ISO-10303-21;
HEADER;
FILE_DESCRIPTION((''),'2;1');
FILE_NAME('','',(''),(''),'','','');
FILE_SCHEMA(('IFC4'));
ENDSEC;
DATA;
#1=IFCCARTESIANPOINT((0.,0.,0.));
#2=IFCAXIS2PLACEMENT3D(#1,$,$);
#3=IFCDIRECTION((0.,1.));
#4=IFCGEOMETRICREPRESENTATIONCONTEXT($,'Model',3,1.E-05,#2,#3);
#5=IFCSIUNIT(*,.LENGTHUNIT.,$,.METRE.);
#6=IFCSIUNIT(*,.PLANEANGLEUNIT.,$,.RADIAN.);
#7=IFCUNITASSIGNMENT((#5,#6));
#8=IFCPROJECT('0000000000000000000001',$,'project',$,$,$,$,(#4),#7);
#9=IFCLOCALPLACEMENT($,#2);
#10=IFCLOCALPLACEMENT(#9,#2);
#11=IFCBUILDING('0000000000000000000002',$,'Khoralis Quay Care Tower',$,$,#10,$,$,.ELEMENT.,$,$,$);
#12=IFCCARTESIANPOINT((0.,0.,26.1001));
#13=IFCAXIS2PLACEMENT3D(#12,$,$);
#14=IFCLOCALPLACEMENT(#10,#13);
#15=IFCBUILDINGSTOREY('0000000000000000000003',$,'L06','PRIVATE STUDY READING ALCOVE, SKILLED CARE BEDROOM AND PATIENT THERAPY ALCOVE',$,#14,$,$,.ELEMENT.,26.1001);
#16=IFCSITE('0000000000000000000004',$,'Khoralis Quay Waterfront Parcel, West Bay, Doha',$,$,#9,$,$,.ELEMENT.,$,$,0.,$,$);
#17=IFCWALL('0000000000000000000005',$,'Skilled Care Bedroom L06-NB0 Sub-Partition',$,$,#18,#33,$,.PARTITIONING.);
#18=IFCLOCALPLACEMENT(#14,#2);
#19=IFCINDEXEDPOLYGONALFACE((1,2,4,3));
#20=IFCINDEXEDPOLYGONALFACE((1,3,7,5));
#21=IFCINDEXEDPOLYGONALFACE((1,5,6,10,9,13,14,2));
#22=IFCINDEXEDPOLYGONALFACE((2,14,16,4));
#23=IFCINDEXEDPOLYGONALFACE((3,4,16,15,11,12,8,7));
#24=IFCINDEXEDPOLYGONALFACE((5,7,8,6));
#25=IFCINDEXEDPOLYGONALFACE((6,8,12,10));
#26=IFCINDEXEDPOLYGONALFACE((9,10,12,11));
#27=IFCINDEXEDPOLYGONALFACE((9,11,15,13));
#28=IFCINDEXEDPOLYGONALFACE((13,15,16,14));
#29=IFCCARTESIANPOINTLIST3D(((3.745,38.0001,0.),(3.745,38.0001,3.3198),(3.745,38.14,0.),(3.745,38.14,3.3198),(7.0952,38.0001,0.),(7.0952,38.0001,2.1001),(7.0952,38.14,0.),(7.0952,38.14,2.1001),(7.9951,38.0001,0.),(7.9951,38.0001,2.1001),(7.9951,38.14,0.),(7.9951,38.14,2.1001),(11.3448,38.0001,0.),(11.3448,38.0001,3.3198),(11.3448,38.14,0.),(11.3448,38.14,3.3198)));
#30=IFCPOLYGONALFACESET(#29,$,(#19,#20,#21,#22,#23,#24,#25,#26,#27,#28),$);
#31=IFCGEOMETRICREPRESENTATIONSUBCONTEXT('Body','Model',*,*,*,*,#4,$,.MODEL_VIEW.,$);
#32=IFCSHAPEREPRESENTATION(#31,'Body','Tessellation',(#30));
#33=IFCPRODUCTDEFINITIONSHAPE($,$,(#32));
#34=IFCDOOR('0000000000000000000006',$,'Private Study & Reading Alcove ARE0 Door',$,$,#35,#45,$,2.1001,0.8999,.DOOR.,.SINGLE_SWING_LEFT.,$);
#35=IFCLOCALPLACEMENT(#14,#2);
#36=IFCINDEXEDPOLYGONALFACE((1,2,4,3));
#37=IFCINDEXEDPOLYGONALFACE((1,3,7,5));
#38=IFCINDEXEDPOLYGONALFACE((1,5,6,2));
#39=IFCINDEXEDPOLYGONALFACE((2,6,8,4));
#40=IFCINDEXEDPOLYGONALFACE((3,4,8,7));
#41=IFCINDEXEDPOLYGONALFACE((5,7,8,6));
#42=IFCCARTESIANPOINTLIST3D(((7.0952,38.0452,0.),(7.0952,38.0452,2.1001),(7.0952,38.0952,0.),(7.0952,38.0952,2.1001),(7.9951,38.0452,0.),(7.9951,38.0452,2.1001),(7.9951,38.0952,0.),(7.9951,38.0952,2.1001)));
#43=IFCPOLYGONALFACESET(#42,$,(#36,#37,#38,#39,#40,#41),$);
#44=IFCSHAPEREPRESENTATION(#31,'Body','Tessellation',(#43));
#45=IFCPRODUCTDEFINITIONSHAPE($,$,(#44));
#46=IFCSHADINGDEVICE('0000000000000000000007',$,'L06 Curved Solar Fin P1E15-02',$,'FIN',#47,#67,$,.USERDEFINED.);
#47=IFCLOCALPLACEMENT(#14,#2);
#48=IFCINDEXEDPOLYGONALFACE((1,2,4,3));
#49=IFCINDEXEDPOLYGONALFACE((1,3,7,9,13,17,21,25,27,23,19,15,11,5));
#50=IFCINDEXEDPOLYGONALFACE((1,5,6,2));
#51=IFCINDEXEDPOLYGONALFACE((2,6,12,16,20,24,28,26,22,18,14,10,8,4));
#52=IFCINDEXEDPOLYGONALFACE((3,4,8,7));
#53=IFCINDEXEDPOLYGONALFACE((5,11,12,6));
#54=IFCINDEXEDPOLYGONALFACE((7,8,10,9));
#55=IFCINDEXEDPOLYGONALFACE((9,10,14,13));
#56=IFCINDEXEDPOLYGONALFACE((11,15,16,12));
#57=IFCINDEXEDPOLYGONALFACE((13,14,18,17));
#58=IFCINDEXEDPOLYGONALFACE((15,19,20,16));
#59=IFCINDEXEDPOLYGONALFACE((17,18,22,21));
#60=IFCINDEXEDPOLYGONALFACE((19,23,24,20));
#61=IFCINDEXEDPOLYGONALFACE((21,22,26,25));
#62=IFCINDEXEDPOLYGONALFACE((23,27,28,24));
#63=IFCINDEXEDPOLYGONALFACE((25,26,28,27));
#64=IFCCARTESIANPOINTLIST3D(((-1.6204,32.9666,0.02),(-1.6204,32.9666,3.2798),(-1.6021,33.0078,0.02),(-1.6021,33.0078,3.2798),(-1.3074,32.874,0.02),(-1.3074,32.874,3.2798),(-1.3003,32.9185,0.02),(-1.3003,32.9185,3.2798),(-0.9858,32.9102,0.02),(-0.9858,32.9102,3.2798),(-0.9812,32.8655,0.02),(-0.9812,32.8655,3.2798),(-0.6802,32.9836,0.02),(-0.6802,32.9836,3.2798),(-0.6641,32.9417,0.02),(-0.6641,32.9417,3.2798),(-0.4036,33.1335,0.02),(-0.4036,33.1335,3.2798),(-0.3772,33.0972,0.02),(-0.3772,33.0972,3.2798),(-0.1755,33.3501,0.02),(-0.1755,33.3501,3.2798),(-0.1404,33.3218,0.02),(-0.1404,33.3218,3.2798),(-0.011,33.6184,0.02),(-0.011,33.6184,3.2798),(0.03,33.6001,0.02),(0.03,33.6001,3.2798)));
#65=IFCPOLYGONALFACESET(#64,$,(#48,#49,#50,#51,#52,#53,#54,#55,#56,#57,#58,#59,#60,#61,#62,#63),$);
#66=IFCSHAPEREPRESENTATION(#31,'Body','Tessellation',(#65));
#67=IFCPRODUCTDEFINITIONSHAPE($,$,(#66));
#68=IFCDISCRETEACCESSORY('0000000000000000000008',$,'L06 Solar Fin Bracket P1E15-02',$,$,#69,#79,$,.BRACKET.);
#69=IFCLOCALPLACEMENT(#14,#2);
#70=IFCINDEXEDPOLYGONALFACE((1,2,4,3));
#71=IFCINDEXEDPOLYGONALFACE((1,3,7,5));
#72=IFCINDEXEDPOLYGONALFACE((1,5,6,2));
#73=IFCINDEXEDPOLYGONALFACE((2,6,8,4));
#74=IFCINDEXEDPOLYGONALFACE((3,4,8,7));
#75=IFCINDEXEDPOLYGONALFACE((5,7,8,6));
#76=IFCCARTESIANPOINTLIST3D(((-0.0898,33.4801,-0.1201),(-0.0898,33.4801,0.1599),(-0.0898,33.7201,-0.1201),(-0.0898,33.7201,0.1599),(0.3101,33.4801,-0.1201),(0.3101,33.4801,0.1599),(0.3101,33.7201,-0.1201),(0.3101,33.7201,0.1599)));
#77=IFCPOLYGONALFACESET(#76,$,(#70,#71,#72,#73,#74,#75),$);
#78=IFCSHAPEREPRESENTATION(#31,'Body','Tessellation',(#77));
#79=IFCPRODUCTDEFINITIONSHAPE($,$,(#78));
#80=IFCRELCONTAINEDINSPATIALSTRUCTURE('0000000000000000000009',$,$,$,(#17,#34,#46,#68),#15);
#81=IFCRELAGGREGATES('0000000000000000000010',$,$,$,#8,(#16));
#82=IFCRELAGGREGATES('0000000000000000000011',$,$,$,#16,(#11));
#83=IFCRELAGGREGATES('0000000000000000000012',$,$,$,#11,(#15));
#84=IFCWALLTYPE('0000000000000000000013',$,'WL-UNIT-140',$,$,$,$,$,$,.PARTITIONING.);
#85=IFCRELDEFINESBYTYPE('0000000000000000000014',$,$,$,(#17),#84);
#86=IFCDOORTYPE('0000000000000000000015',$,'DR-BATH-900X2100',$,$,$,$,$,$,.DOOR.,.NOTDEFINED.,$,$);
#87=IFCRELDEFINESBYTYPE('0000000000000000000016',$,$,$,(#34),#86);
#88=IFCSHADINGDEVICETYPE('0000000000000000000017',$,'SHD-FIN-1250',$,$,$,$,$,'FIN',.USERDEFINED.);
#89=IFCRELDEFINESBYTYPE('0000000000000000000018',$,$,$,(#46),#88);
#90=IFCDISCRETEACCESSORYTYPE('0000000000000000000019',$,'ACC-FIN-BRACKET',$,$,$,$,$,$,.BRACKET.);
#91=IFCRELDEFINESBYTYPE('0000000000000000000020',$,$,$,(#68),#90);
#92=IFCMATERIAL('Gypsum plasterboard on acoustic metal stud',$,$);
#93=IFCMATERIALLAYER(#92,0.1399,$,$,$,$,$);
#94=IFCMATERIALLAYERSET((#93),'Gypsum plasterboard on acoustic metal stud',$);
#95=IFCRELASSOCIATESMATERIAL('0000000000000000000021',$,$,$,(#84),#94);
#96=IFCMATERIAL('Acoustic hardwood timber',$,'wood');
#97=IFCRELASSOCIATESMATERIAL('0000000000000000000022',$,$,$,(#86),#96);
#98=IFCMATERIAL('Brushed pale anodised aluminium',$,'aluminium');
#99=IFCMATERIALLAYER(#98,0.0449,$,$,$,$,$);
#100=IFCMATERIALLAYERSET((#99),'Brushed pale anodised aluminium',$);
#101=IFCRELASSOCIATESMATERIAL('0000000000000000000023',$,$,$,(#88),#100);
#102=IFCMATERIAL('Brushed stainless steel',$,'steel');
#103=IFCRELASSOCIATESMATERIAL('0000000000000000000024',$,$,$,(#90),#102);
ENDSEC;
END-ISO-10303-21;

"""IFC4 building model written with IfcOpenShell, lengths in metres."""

from ifc_helpers import new_model, si_unit, direction, frame, frame_2d, origin, origin_2d, place, context, subcontext, project, spatial, polyline, rectangle, outline, extrude, source, transform, mapped, material, layer, layer_set, type_object, element, fill, save


model = new_model("IFC4")

# Units and contexts
model_context = context("Model", 3, precision=1e-05, world=origin(), true_north=direction((0.0, 1.0)))
body_context = subcontext(model_context, "Body", "Model", "MODEL_VIEW")
ifc_project = project(units=[si_unit("LENGTHUNIT", "METRE"), si_unit("PLANEANGLEUNIT", "RADIAN")], contexts=[model_context])

# Site, building, storey
site_placement = place(None, origin())
site = spatial("IfcSite", under=ifc_project, at=site_placement, Name="Khoralis Quay Waterfront Parcel, West Bay, Doha", CompositionType="ELEMENT", RefElevation=0.0)
building_placement = place(site_placement, origin())
building = spatial("IfcBuilding", under=site, at=building_placement, Name="Khoralis Quay Care Tower", CompositionType="ELEMENT")
storey_placement = place(building_placement, frame((0.0, 0.0, 26.1001)))
storey = spatial("IfcBuildingStorey", under=building, at=storey_placement, Name="L06", Description="PRIVATE STUDY READING ALCOVE, SKILLED CARE BEDROOM AND PATIENT THERAPY ALCOVE", CompositionType="ELEMENT", Elevation=26.1001)

# Shared definitions
ifc_material_1 = material(Name="Gypsum plasterboard on acoustic metal stud")
ifc_material_2 = material(Name="Acoustic hardwood timber", Category="wood")

# Shared definitions
ifc_layer_1 = layer(ifc_material_1, 0.1399)
ifc_layer_set_1 = layer_set([ifc_layer_1], Name="Gypsum plasterboard on acoustic metal stud")
wall_type_1 = type_object("IfcWallType", Name="WL-UNIT-140", PredefinedType="PARTITIONING", material=ifc_layer_set_1)

# Wall, opening, door
wall_1_placement = place(storey_placement, frame((3.7451, 38.0701, 0.0), z_axis=(0.0, 0.0, 1.0), x_axis=(1.0, 0.0, 0.0)))
wall_1 = element("IfcWall", 1, at=wall_1_placement, inside=storey, type_object=wall_type_1, Name="Skilled Care Bedroom L06-NB0 Sub-Partition", PredefinedType="PARTITIONING", context=body_context, shape_type="SweptSolid", body=[
    extrude(rectangle(XDim=7.5999, YDim=0.1399, at=frame_2d((3.7998, 0.0))), origin(), (0.0, 0.0, 1.0), 3.3198),
])
opening_1_placement = place(wall_1_placement, frame((3.3501, 0.0, 0.0)))
opening_1 = element("IfcOpeningElement", 2, at=opening_1_placement, cuts=wall_1, PredefinedType="OPENING", context=body_context, shape_type="SweptSolid", body=[
    extrude(rectangle(XDim=0.8999, YDim=2.1001, at=frame_2d((0.45, 1.05))), frame((0.0, 0.0801, 0.0), z_axis=(0.0, -1.0, 0.0), x_axis=(1.0, 0.0, 0.0)), (0.0, 0.0, 1.0), 0.1599),
])
door_type_1 = type_object("IfcDoorType", Name="DR-BATH-900X2100", OperationType="NOTDEFINED", PredefinedType="DOOR", material=ifc_material_2)
shared_shape_1 = source(origin(), body_context, "Body", "SweptSolid", [
    extrude(rectangle(XDim=0.8999, YDim=2.1001, at=frame_2d((0.45, 1.05))), frame((0.0, 0.0249, 0.0), z_axis=(0.0, -1.0, 0.0), x_axis=(1.0, 0.0, 0.0)), (0.0, 0.0, 1.0), 0.05),
])
door_1_placement = place(opening_1_placement, frame((0.8999, 0.0, 0.0), z_axis=(0.0, 0.0, 1.0), x_axis=(-1.0, 0.0, 0.0)))
door_1 = element("IfcDoor", 3, at=door_1_placement, inside=storey, type_object=door_type_1, Name="Private Study & Reading Alcove ARE0 Door", OperationType="SINGLE_SWING_LEFT", OverallHeight=2.1001, OverallWidth=0.8999, PredefinedType="DOOR", context=body_context, shape_type="MappedRepresentation", body=[
    mapped(shared_shape_1, transform((0.0, 0.0, 0.0), scale=1.0)),
])
fill(opening_1, door_1)

# Shading device
ifc_material_3 = material(Name="Brushed pale anodised aluminium", Category="aluminium")
ifc_layer_2 = layer(ifc_material_3, 0.0449)
ifc_layer_set_2 = layer_set([ifc_layer_2], Name="Brushed pale anodised aluminium")
shading_device_type = type_object("IfcShadingDeviceType", Name="SHD-FIN-1250", ElementType="FIN", PredefinedType="USERDEFINED", material=ifc_layer_set_2)
shared_shape_2 = source(origin(), body_context, "Body", "SweptSolid", [
    extrude(outline(polyline([(0.0, 0.0), (0.1704, 0.2783), (0.4072, 0.5029), (0.6941, 0.6584), (1.0112, 0.7346), (1.3374, 0.7261), (1.6504, 0.6335), (1.6321, 0.5923), (1.3303, 0.6816), (1.0159, 0.6899), (0.7102, 0.6165), (0.4336, 0.4666), (0.2056, 0.25), (0.041, -0.0183), (0.0, 0.0)])), origin(), (0.0, 0.0, 1.0), 3.2598),
])
shading_device_placement = place(storey_placement, frame((0.03, 33.6001, 0.02), z_axis=(0.0, 0.0, 1.0), x_axis=(-1.0, 0.0, 0.0)))
element("IfcShadingDevice", 4, at=shading_device_placement, inside=storey, type_object=shading_device_type, Name="L06 Curved Solar Fin P1E15-02", ObjectType="FIN", PredefinedType="USERDEFINED", context=body_context, shape_type="MappedRepresentation", body=[
    mapped(shared_shape_2, transform((0.0, 0.0, 0.0), scale=1.0)),
])

# Discrete accessory
ifc_material_4 = material(Name="Brushed stainless steel", Category="steel")
discrete_accessory_type = type_object("IfcDiscreteAccessoryType", Name="ACC-FIN-BRACKET", PredefinedType="BRACKET", material=ifc_material_4)
shared_shape_3 = source(origin(), body_context, "Body", "SweptSolid", [
    extrude(rectangle(XDim=0.3999, YDim=0.24, at=origin_2d()), origin(), (0.0, 0.0, 1.0), 0.28),
])
discrete_accessory_placement = place(storey_placement, frame((0.1101, 33.6001, -0.1201), z_axis=(0.0, 0.0, 1.0), x_axis=(-1.0, 0.0, 0.0)))
element("IfcDiscreteAccessory", 5, at=discrete_accessory_placement, inside=storey, type_object=discrete_accessory_type, Name="L06 Solar Fin Bracket P1E15-02", PredefinedType="BRACKET", context=body_context, shape_type="MappedRepresentation", body=[
    mapped(shared_shape_3, transform((0.0, 0.0, 0.0), scale=1.0)),
])

save(model, "model.ifc")
